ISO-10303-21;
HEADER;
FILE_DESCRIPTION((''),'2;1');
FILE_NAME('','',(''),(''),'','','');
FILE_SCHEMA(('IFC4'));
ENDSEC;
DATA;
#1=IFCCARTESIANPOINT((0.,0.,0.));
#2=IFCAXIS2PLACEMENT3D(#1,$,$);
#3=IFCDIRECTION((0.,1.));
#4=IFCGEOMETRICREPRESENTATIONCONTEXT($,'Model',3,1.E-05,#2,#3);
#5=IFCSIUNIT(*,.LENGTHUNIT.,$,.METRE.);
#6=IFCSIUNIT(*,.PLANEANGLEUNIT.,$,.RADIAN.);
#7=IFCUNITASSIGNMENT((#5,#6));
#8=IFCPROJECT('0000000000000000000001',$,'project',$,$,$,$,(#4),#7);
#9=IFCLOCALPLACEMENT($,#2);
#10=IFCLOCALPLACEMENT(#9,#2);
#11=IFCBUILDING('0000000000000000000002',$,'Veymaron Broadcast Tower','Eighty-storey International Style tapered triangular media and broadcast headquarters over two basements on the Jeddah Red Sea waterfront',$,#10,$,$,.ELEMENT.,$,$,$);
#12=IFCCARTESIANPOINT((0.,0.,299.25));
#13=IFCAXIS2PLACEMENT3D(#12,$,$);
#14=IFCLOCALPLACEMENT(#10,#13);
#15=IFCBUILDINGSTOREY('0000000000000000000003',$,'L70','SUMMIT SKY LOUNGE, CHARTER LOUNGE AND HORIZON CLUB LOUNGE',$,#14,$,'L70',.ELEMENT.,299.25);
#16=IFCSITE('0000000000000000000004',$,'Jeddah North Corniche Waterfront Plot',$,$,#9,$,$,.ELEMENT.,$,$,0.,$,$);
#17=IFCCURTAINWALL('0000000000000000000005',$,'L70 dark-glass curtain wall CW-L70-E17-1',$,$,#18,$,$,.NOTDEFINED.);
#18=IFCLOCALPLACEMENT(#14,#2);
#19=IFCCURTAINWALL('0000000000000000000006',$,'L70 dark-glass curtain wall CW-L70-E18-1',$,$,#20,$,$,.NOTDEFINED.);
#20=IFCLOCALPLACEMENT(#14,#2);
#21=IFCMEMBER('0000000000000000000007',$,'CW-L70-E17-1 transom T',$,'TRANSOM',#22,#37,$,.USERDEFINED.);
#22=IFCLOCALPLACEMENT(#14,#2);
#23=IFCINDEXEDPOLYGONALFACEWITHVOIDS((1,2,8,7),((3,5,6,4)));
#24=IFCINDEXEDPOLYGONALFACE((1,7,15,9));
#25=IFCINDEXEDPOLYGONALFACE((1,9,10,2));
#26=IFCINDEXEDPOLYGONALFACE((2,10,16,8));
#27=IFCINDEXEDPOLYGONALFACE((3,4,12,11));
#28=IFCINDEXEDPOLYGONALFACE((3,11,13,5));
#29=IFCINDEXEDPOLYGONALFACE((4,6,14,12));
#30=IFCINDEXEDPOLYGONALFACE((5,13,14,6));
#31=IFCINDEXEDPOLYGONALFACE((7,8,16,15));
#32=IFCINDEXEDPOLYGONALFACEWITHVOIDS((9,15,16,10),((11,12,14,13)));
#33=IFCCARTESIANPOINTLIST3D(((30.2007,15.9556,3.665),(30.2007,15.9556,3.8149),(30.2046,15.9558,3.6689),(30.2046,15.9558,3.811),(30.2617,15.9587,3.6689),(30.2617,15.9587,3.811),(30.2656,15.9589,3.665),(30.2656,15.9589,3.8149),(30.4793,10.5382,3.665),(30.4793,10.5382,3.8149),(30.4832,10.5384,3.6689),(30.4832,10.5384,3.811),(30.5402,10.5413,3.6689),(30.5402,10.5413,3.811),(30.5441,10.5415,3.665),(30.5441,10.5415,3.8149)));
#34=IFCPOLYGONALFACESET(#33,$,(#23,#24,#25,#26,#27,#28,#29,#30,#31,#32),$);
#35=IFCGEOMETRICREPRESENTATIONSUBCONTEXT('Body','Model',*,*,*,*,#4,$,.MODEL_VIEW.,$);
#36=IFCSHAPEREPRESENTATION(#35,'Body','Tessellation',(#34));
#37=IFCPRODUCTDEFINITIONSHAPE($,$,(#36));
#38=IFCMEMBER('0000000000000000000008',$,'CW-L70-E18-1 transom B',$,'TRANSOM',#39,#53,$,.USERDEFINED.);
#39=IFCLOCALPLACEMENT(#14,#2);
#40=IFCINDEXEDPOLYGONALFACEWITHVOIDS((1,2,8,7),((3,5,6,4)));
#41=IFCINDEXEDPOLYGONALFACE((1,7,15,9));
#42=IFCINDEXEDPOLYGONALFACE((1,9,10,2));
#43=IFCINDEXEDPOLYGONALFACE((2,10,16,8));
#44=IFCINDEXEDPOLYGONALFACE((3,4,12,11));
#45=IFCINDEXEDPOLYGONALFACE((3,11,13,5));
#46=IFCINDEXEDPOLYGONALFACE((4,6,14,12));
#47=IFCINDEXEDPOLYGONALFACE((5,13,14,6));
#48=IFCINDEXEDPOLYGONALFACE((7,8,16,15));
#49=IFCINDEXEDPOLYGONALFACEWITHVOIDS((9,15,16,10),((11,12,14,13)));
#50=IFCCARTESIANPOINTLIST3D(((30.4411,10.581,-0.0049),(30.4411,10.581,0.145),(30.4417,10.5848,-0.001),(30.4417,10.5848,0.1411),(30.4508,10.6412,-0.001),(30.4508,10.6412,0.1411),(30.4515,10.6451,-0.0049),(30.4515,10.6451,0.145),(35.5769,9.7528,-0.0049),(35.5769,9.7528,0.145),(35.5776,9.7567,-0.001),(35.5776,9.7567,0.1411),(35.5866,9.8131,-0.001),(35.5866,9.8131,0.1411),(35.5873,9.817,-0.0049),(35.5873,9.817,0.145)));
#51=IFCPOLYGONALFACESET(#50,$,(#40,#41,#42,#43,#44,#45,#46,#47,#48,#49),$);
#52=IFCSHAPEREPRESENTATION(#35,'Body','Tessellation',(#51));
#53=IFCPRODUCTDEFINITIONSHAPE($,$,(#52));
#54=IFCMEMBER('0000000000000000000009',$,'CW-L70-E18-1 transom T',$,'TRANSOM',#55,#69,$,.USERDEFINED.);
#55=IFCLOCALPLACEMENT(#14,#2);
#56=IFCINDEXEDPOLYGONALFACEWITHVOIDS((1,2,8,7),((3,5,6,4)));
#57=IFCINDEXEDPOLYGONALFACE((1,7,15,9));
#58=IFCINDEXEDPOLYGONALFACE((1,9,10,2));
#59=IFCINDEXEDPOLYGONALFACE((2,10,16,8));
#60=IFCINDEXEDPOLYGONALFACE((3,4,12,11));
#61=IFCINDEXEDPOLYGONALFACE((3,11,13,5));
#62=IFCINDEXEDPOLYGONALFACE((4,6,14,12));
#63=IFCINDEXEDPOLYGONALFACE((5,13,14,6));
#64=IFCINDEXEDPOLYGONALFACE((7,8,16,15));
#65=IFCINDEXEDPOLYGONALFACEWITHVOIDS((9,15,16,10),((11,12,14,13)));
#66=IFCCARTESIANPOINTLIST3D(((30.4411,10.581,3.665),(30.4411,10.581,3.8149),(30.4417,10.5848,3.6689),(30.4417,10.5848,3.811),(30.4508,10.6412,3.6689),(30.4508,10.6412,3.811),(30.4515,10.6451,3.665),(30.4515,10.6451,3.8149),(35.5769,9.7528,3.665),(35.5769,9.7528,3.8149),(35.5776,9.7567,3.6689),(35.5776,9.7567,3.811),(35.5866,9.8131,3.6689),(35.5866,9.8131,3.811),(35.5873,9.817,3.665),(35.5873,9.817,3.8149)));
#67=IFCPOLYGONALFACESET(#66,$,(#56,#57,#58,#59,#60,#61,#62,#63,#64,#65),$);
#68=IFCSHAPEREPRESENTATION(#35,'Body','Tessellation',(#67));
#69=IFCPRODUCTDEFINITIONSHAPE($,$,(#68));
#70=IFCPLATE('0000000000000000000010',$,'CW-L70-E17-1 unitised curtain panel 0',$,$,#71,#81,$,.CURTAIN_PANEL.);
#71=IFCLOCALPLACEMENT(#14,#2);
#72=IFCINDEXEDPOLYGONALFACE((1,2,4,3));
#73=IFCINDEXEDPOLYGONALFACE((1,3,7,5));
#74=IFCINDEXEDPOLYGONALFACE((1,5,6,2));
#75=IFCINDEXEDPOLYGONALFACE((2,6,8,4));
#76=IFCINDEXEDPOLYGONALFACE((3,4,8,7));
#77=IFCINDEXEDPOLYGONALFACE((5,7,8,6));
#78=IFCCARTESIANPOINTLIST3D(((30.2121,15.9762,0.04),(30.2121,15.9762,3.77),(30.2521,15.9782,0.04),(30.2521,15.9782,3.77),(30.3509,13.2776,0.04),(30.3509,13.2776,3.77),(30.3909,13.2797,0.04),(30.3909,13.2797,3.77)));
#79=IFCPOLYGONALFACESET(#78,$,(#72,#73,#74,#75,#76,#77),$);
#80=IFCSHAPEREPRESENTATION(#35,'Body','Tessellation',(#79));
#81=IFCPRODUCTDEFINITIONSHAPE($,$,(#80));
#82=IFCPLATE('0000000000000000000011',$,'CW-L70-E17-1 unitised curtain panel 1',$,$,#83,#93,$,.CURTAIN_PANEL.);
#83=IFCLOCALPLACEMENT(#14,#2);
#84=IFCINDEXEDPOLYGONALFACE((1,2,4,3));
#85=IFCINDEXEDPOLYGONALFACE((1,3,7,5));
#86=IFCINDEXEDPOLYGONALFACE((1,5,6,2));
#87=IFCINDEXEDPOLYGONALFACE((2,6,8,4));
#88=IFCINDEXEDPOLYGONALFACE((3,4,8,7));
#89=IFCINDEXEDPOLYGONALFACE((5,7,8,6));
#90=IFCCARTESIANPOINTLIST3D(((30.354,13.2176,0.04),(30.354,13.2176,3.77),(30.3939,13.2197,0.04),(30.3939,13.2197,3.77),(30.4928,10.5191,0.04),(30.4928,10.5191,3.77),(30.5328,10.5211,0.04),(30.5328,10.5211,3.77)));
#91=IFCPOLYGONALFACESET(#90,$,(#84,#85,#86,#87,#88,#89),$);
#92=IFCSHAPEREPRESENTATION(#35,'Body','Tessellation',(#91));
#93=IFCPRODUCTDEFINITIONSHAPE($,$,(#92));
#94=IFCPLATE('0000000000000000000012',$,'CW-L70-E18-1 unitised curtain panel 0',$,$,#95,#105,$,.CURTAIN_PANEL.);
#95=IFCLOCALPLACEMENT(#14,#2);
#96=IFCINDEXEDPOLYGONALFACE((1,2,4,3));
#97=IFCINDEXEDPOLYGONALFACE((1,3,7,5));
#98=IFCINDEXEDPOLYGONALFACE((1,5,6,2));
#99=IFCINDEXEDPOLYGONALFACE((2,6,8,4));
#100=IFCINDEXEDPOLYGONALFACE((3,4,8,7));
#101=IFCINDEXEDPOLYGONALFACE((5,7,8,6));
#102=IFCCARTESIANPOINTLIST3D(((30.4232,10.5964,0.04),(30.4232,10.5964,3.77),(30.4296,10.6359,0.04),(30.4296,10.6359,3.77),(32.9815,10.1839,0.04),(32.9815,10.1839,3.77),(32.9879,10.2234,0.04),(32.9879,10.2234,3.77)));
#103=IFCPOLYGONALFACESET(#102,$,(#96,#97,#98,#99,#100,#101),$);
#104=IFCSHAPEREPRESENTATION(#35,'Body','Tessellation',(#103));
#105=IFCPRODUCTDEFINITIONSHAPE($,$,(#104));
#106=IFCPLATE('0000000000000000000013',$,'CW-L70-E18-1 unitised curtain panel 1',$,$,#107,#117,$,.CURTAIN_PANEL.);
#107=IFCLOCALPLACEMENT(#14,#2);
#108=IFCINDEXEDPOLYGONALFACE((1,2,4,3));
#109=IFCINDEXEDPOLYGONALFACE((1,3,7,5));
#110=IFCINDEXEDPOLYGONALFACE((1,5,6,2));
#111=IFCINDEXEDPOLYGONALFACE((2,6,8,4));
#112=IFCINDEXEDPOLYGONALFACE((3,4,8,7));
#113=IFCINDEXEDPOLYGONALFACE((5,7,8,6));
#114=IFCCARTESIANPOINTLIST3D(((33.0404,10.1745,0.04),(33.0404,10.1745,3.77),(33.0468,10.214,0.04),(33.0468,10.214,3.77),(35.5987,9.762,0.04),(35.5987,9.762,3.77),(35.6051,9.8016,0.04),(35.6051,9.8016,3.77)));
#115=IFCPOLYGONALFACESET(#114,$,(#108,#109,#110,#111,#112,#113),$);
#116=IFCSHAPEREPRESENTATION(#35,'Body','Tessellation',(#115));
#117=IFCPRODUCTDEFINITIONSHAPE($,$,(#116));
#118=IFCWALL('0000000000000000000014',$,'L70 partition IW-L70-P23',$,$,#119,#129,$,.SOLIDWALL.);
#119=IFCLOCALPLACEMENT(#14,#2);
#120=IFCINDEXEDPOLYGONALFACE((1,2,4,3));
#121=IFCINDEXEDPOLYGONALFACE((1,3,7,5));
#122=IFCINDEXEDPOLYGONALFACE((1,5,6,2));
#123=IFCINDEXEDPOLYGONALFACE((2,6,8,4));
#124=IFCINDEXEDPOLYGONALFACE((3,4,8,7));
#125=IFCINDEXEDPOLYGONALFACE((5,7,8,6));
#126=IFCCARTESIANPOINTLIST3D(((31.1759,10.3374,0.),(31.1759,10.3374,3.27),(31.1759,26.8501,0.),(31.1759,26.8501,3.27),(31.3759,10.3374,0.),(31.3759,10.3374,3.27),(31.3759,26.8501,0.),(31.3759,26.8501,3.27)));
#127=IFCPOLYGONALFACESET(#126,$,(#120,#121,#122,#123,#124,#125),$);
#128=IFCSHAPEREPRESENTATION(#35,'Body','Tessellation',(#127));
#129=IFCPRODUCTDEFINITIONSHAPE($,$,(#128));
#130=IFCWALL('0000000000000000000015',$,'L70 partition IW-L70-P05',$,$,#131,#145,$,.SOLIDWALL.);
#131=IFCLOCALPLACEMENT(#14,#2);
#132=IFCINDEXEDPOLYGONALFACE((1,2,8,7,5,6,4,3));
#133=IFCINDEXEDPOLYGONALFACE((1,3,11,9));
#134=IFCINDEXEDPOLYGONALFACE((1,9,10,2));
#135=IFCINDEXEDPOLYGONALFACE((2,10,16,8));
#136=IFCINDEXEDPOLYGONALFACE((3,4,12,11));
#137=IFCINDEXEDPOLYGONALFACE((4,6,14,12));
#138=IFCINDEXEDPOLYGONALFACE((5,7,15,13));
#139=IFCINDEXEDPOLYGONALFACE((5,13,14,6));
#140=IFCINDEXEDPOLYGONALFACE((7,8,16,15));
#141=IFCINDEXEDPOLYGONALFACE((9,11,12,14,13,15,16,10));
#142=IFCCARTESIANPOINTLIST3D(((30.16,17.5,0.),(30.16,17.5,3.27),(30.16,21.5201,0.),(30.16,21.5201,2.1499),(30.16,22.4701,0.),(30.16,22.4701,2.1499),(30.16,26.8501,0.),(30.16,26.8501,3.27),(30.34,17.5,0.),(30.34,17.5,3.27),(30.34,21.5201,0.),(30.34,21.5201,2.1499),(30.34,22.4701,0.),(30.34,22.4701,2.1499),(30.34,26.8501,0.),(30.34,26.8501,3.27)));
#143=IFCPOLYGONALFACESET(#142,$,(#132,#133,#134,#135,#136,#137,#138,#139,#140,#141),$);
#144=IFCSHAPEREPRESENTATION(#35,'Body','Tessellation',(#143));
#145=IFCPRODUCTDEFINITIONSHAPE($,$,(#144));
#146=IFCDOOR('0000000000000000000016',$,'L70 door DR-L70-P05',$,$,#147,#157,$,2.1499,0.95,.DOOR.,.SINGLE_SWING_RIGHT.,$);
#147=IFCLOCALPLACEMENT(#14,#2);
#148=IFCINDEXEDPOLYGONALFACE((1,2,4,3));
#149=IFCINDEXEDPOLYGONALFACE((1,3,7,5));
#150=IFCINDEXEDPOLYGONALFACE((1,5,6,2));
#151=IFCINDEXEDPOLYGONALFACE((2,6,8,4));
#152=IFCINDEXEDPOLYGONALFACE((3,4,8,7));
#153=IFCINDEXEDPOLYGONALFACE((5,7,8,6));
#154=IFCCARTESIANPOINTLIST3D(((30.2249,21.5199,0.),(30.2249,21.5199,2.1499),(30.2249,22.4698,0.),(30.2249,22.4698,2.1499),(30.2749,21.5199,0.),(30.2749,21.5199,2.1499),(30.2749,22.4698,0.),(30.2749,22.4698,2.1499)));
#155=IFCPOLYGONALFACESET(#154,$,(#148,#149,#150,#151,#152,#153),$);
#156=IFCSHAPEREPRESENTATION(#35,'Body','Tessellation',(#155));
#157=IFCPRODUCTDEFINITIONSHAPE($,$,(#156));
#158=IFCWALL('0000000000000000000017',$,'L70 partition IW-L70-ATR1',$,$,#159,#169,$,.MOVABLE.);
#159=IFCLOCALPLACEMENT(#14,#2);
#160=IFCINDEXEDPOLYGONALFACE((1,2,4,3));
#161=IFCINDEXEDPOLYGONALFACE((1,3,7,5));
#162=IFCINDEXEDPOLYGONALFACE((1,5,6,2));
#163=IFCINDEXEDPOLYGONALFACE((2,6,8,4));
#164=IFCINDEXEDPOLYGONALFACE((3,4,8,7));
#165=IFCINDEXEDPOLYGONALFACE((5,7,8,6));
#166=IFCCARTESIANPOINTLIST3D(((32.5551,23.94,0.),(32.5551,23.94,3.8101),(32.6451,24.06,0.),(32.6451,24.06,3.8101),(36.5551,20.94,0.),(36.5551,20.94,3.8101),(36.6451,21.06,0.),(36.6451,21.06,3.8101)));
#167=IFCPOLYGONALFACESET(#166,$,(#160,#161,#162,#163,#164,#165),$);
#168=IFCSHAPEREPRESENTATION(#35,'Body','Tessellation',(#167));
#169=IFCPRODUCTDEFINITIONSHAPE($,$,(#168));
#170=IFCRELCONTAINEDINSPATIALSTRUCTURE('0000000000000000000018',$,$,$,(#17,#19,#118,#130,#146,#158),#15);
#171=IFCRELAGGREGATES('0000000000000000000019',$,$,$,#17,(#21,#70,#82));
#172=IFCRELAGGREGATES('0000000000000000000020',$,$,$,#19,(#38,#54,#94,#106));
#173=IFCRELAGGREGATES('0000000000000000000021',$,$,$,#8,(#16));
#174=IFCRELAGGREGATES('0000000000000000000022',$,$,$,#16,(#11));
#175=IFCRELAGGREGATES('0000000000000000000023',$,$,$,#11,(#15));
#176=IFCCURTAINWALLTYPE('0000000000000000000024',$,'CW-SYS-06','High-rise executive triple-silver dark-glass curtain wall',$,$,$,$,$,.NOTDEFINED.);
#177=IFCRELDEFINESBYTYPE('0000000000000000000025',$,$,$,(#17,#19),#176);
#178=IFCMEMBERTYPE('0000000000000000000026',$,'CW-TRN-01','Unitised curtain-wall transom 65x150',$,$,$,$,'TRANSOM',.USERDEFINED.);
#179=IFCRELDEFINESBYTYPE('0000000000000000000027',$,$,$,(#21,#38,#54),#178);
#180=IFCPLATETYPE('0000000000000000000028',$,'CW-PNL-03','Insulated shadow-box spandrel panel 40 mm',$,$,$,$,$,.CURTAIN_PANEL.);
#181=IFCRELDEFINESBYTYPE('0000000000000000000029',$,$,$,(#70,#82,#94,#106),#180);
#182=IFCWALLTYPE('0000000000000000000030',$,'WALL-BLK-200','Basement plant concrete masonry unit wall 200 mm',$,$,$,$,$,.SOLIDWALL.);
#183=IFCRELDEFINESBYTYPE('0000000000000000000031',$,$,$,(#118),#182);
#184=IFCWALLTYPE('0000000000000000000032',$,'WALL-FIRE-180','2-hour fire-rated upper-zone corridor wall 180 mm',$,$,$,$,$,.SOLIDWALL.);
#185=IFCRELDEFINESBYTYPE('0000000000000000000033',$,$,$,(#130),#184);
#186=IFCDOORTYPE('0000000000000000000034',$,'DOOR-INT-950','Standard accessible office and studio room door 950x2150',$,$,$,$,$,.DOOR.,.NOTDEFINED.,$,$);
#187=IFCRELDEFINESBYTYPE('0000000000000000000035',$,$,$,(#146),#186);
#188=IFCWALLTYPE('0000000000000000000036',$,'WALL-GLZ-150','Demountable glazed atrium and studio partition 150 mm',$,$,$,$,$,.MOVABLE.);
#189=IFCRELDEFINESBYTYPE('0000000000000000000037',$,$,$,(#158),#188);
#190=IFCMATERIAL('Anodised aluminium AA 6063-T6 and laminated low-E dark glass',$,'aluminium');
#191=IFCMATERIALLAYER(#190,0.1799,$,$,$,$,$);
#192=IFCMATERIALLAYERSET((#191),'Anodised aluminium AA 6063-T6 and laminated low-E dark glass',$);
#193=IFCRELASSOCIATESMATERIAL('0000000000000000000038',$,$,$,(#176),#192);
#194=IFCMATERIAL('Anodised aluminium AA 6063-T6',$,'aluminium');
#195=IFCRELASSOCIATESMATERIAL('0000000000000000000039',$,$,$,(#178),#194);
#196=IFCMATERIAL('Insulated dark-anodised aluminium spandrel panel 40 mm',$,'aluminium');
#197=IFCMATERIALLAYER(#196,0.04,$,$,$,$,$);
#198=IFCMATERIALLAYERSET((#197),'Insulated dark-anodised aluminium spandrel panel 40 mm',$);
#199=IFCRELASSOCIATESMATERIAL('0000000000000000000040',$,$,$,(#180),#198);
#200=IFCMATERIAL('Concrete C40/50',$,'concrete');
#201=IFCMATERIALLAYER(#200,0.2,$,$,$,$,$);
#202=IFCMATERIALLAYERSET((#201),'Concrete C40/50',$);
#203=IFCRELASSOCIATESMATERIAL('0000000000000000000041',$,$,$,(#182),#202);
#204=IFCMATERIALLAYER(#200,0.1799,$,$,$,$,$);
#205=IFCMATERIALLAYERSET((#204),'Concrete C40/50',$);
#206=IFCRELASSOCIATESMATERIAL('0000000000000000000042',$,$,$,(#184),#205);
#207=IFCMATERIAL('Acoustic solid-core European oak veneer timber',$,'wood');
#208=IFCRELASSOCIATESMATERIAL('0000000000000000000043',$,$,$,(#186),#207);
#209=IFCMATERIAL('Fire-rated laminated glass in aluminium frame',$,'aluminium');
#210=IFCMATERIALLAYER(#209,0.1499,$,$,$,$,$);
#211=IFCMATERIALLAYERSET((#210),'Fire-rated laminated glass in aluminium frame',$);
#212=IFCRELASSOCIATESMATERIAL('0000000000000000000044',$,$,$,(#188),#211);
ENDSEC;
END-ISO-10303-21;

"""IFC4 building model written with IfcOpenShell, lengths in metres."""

from ifc_helpers import new_model, si_unit, direction, frame, frame_2d, origin, origin_2d, place, context, subcontext, project, spatial, rectangle, hollow_rectangle, extrude, material, layer, layer_set, material_profile, profile_set, type_object, element, fill, aggregate, save


model = new_model("IFC4")

# Units and contexts
model_context = context("Model", 3, precision=1e-05, world=origin(), true_north=direction((0.0, 1.0)))
body_context = subcontext(model_context, "Body", "Model", "MODEL_VIEW")
ifc_project = project(units=[si_unit("LENGTHUNIT", "METRE"), si_unit("PLANEANGLEUNIT", "RADIAN")], contexts=[model_context])

# Site, building, storey
site_placement = place(None, origin())
site = spatial("IfcSite", under=ifc_project, at=site_placement, Name="Jeddah North Corniche Waterfront Plot", CompositionType="ELEMENT", RefElevation=0.0)
building_placement = place(site_placement, origin())
building = spatial("IfcBuilding", under=site, at=building_placement, Name="Veymaron Broadcast Tower", Description="Eighty-storey International Style tapered triangular media and broadcast headquarters over two basements on the Jeddah Red Sea waterfront", CompositionType="ELEMENT")
storey_placement = place(building_placement, frame((0.0, 0.0, 299.25)))
storey = spatial("IfcBuildingStorey", under=building, at=storey_placement, Name="L70", Description="SUMMIT SKY LOUNGE, CHARTER LOUNGE AND HORIZON CLUB LOUNGE", LongName="L70", CompositionType="ELEMENT", Elevation=299.25)

# Curtain walls
ifc_material_1 = material(Name="Anodised aluminium AA 6063-T6 and laminated low-E dark glass", Category="aluminium")
ifc_layer_1 = layer(ifc_material_1, 0.1799)
ifc_layer_set_1 = layer_set([ifc_layer_1], Name="Anodised aluminium AA 6063-T6 and laminated low-E dark glass")
curtain_wall_type = type_object("IfcCurtainWallType", Name="CW-SYS-06", Description="High-rise executive triple-silver dark-glass curtain wall", PredefinedType="NOTDEFINED", material=ifc_layer_set_1)
curtain_wall_1_placement = place(storey_placement, origin())
curtain_wall_1 = element("IfcCurtainWall", 1, at=curtain_wall_1_placement, inside=storey, type_object=curtain_wall_type, Name="L70 dark-glass curtain wall CW-L70-E17-1", PredefinedType="NOTDEFINED")
ifc_material_2 = material(Name="Anodised aluminium AA 6063-T6", Category="aluminium")
curtain_wall_2_placement = place(storey_placement, origin())
curtain_wall_2 = element("IfcCurtainWall", 2, at=curtain_wall_2_placement, inside=storey, type_object=curtain_wall_type, Name="L70 dark-glass curtain wall CW-L70-E18-1", PredefinedType="NOTDEFINED")

# Members
ifc_material_profile_1 = material_profile(ifc_material_2, hollow_rectangle(XDim=0.0649, YDim=0.1499, WallThickness=0.0039, at=origin_2d()), Name="AL150X65X4")
ifc_profile_set_1 = profile_set([ifc_material_profile_1], Name="Anodised aluminium AA 6063-T6")
member_type_1 = type_object("IfcMemberType", Name="CW-TRN-01", Description="Unitised curtain-wall transom 65x150", ElementType="TRANSOM", PredefinedType="USERDEFINED", material=ifc_profile_set_1)
member_1_placement = place(storey_placement, frame((30.2332, 15.9573, 3.74), z_axis=(0.051352, -0.998681, 0.0), x_axis=(0.998681, 0.051352, 0.0)))
member_1 = element("IfcMember", 3, at=member_1_placement, type_object=member_type_1, Name="CW-L70-E17-1 transom T", ObjectType="TRANSOM", PredefinedType="USERDEFINED", context=body_context, shape_type="SweptSolid", body=[
    extrude(hollow_rectangle(XDim=0.0649, YDim=0.1499, WallThickness=0.0039, at=origin_2d()), origin(), (0.0, 0.0, 1.0), 5.4246),
])
member_2_placement = place(storey_placement, frame((30.4463, 10.613, 0.0701), z_axis=(0.987248, -0.159191, 0.0), x_axis=(0.159191, 0.987248, 0.0)))
member_2 = element("IfcMember", 4, at=member_2_placement, type_object=member_type_1, Name="CW-L70-E18-1 transom B", ObjectType="TRANSOM", PredefinedType="USERDEFINED", context=body_context, shape_type="SweptSolid", body=[
    extrude(hollow_rectangle(XDim=0.0649, YDim=0.1499, WallThickness=0.0039, at=origin_2d()), origin(), (0.0, 0.0, 1.0), 5.2021),
])
member_3_placement = place(storey_placement, frame((30.4463, 10.613, 3.74), z_axis=(0.987248, -0.159191, 0.0), x_axis=(0.159191, 0.987248, 0.0)))
member_3 = element("IfcMember", 5, at=member_3_placement, type_object=member_type_1, Name="CW-L70-E18-1 transom T", ObjectType="TRANSOM", PredefinedType="USERDEFINED", context=body_context, shape_type="SweptSolid", body=[
    extrude(hollow_rectangle(XDim=0.0649, YDim=0.1499, WallThickness=0.0039, at=origin_2d()), origin(), (0.0, 0.0, 1.0), 5.2021),
])

# Plates
ifc_material_3 = material(Name="Insulated dark-anodised aluminium spandrel panel 40 mm", Category="aluminium")
ifc_layer_2 = layer(ifc_material_3, 0.04)
ifc_layer_set_2 = layer_set([ifc_layer_2], Name="Insulated dark-anodised aluminium spandrel panel 40 mm")
plate_type = type_object("IfcPlateType", Name="CW-PNL-03", Description="Insulated shadow-box spandrel panel 40 mm", PredefinedType="CURTAIN_PANEL", material=ifc_layer_set_2)
plate_1_placement = place(storey_placement, frame((30.3015, 14.6279, 0.04), z_axis=(0.0, 0.0, 1.0), x_axis=(0.051377, -0.998679, 0.0)))
plate_1 = element("IfcPlate", 6, at=plate_1_placement, type_object=plate_type, Name="CW-L70-E17-1 unitised curtain panel 0", PredefinedType="CURTAIN_PANEL", context=body_context, shape_type="SweptSolid", body=[
    extrude(rectangle(XDim=2.7021, YDim=0.04, at=origin_2d()), origin(), (0.0, 0.0, 1.0), 3.73),
])
plate_2_placement = place(storey_placement, frame((30.4434, 11.8694, 0.04), z_axis=(0.0, 0.0, 1.0), x_axis=(0.051377, -0.998679, 0.0)))
plate_2 = element("IfcPlate", 7, at=plate_2_placement, type_object=plate_type, Name="CW-L70-E17-1 unitised curtain panel 1", PredefinedType="CURTAIN_PANEL", context=body_context, shape_type="SweptSolid", body=[
    extrude(rectangle(XDim=2.7021, YDim=0.04, at=origin_2d()), origin(), (0.0, 0.0, 1.0), 3.73),
])
aggregate(curtain_wall_1, [member_1, plate_1, plate_2])
plate_3_placement = place(storey_placement, frame((31.7056, 10.4099, 0.04), z_axis=(0.0, 0.0, 1.0), x_axis=(0.98725, -0.159175, 0.0)))
plate_3 = element("IfcPlate", 8, at=plate_3_placement, type_object=plate_type, Name="CW-L70-E18-1 unitised curtain panel 0", PredefinedType="CURTAIN_PANEL", context=body_context, shape_type="SweptSolid", body=[
    extrude(rectangle(XDim=2.5913, YDim=0.04, at=origin_2d()), origin(), (0.0, 0.0, 1.0), 3.73),
])
plate_4_placement = place(storey_placement, frame((34.3228, 9.988, 0.04), z_axis=(0.0, 0.0, 1.0), x_axis=(0.98725, -0.159175, 0.0)))
plate_4 = element("IfcPlate", 9, at=plate_4_placement, type_object=plate_type, Name="CW-L70-E18-1 unitised curtain panel 1", PredefinedType="CURTAIN_PANEL", context=body_context, shape_type="SweptSolid", body=[
    extrude(rectangle(XDim=2.5913, YDim=0.04, at=origin_2d()), origin(), (0.0, 0.0, 1.0), 3.73),
])
aggregate(curtain_wall_2, [member_2, member_3, plate_3, plate_4])

# Wall
ifc_material_4 = material(Name="Concrete C40/50", Category="concrete")
ifc_layer_3 = layer(ifc_material_4, 0.2)
ifc_layer_set_3 = layer_set([ifc_layer_3], Name="Concrete C40/50")
wall_type_1 = type_object("IfcWallType", Name="WALL-BLK-200", Description="Basement plant concrete masonry unit wall 200 mm", PredefinedType="SOLIDWALL", material=ifc_layer_set_3)
wall_1_placement = place(storey_placement, frame((31.2759, 10.3374, 0.0), z_axis=(0.0, 0.0, 1.0), x_axis=(0.0, 1.0, 0.0)))
element("IfcWall", 10, at=wall_1_placement, inside=storey, type_object=wall_type_1, Name="L70 partition IW-L70-P23", PredefinedType="SOLIDWALL", context=body_context, shape_type="SweptSolid", body=[
    extrude(rectangle(XDim=16.5127, YDim=0.2, at=frame_2d((8.2563, 0.0))), origin(), (0.0, 0.0, 1.0), 3.27),
])

# Wall, opening, door
ifc_layer_4 = layer(ifc_material_4, 0.1799)
ifc_layer_set_4 = layer_set([ifc_layer_4], Name="Concrete C40/50")
wall_type_2 = type_object("IfcWallType", Name="WALL-FIRE-180", Description="2-hour fire-rated upper-zone corridor wall 180 mm", PredefinedType="SOLIDWALL", material=ifc_layer_set_4)
wall_2_placement = place(storey_placement, frame((30.25, 17.5, 0.0), z_axis=(0.0, 0.0, 1.0), x_axis=(0.0, 1.0, 0.0)))
wall_2 = element("IfcWall", 11, at=wall_2_placement, inside=storey, type_object=wall_type_2, Name="L70 partition IW-L70-P05", PredefinedType="SOLIDWALL", context=body_context, shape_type="SweptSolid", body=[
    extrude(rectangle(XDim=9.3501, YDim=0.1799, at=frame_2d((4.675, 0.0))), origin(), (0.0, 0.0, 1.0), 3.27),
])
opening_placement = place(wall_2_placement, frame((4.02, 0.0, 0.0)))
opening = element("IfcOpeningElement", 12, at=opening_placement, cuts=wall_2, PredefinedType="OPENING", context=body_context, shape_type="SweptSolid", body=[
    extrude(rectangle(XDim=0.95, YDim=2.1499, at=frame_2d((0.4751, 1.075))), frame((0.0, 0.1001, 0.0), z_axis=(0.0, -1.0, 0.0), x_axis=(1.0, 0.0, 0.0)), (0.0, 0.0, 1.0), 0.2),
])
ifc_material_5 = material(Name="Acoustic solid-core European oak veneer timber", Category="wood")
door_type = type_object("IfcDoorType", Name="DOOR-INT-950", Description="Standard accessible office and studio room door 950x2150", OperationType="NOTDEFINED", PredefinedType="DOOR", material=ifc_material_5)
door_placement = place(opening_placement, frame((0.95, 0.0, 0.0), z_axis=(0.0, 0.0, 1.0), x_axis=(-1.0, 0.0, 0.0)))
door = element("IfcDoor", 13, at=door_placement, inside=storey, type_object=door_type, Name="L70 door DR-L70-P05", OperationType="SINGLE_SWING_RIGHT", OverallHeight=2.1499, OverallWidth=0.95, PredefinedType="DOOR", context=body_context, shape_type="SweptSolid", body=[
    extrude(rectangle(XDim=0.95, YDim=2.1499, at=frame_2d((0.4751, 1.075))), frame((0.0, 0.0249, 0.0), z_axis=(0.0, -1.0, 0.0), x_axis=(1.0, 0.0, 0.0)), (0.0, 0.0, 1.0), 0.05),
])
fill(opening, door)

# Wall
ifc_material_6 = material(Name="Fire-rated laminated glass in aluminium frame", Category="aluminium")
ifc_layer_5 = layer(ifc_material_6, 0.1499)
ifc_layer_set_5 = layer_set([ifc_layer_5], Name="Fire-rated laminated glass in aluminium frame")
wall_type_3 = type_object("IfcWallType", Name="WALL-GLZ-150", Description="Demountable glazed atrium and studio partition 150 mm", PredefinedType="MOVABLE", material=ifc_layer_set_5)
wall_3_placement = place(storey_placement, frame((32.6001, 24.0, 0.0), z_axis=(0.0, 0.0, 1.0), x_axis=(0.8, -0.6, 0.0)))
element("IfcWall", 14, at=wall_3_placement, inside=storey, type_object=wall_type_3, Name="L70 partition IW-L70-ATR1", PredefinedType="MOVABLE", context=body_context, shape_type="SweptSolid", body=[
    extrude(rectangle(XDim=5.0, YDim=0.1499, at=frame_2d((2.5, 0.0))), origin(), (0.0, 0.0, 1.0), 3.8101),
])

save(model, "model.ifc")
